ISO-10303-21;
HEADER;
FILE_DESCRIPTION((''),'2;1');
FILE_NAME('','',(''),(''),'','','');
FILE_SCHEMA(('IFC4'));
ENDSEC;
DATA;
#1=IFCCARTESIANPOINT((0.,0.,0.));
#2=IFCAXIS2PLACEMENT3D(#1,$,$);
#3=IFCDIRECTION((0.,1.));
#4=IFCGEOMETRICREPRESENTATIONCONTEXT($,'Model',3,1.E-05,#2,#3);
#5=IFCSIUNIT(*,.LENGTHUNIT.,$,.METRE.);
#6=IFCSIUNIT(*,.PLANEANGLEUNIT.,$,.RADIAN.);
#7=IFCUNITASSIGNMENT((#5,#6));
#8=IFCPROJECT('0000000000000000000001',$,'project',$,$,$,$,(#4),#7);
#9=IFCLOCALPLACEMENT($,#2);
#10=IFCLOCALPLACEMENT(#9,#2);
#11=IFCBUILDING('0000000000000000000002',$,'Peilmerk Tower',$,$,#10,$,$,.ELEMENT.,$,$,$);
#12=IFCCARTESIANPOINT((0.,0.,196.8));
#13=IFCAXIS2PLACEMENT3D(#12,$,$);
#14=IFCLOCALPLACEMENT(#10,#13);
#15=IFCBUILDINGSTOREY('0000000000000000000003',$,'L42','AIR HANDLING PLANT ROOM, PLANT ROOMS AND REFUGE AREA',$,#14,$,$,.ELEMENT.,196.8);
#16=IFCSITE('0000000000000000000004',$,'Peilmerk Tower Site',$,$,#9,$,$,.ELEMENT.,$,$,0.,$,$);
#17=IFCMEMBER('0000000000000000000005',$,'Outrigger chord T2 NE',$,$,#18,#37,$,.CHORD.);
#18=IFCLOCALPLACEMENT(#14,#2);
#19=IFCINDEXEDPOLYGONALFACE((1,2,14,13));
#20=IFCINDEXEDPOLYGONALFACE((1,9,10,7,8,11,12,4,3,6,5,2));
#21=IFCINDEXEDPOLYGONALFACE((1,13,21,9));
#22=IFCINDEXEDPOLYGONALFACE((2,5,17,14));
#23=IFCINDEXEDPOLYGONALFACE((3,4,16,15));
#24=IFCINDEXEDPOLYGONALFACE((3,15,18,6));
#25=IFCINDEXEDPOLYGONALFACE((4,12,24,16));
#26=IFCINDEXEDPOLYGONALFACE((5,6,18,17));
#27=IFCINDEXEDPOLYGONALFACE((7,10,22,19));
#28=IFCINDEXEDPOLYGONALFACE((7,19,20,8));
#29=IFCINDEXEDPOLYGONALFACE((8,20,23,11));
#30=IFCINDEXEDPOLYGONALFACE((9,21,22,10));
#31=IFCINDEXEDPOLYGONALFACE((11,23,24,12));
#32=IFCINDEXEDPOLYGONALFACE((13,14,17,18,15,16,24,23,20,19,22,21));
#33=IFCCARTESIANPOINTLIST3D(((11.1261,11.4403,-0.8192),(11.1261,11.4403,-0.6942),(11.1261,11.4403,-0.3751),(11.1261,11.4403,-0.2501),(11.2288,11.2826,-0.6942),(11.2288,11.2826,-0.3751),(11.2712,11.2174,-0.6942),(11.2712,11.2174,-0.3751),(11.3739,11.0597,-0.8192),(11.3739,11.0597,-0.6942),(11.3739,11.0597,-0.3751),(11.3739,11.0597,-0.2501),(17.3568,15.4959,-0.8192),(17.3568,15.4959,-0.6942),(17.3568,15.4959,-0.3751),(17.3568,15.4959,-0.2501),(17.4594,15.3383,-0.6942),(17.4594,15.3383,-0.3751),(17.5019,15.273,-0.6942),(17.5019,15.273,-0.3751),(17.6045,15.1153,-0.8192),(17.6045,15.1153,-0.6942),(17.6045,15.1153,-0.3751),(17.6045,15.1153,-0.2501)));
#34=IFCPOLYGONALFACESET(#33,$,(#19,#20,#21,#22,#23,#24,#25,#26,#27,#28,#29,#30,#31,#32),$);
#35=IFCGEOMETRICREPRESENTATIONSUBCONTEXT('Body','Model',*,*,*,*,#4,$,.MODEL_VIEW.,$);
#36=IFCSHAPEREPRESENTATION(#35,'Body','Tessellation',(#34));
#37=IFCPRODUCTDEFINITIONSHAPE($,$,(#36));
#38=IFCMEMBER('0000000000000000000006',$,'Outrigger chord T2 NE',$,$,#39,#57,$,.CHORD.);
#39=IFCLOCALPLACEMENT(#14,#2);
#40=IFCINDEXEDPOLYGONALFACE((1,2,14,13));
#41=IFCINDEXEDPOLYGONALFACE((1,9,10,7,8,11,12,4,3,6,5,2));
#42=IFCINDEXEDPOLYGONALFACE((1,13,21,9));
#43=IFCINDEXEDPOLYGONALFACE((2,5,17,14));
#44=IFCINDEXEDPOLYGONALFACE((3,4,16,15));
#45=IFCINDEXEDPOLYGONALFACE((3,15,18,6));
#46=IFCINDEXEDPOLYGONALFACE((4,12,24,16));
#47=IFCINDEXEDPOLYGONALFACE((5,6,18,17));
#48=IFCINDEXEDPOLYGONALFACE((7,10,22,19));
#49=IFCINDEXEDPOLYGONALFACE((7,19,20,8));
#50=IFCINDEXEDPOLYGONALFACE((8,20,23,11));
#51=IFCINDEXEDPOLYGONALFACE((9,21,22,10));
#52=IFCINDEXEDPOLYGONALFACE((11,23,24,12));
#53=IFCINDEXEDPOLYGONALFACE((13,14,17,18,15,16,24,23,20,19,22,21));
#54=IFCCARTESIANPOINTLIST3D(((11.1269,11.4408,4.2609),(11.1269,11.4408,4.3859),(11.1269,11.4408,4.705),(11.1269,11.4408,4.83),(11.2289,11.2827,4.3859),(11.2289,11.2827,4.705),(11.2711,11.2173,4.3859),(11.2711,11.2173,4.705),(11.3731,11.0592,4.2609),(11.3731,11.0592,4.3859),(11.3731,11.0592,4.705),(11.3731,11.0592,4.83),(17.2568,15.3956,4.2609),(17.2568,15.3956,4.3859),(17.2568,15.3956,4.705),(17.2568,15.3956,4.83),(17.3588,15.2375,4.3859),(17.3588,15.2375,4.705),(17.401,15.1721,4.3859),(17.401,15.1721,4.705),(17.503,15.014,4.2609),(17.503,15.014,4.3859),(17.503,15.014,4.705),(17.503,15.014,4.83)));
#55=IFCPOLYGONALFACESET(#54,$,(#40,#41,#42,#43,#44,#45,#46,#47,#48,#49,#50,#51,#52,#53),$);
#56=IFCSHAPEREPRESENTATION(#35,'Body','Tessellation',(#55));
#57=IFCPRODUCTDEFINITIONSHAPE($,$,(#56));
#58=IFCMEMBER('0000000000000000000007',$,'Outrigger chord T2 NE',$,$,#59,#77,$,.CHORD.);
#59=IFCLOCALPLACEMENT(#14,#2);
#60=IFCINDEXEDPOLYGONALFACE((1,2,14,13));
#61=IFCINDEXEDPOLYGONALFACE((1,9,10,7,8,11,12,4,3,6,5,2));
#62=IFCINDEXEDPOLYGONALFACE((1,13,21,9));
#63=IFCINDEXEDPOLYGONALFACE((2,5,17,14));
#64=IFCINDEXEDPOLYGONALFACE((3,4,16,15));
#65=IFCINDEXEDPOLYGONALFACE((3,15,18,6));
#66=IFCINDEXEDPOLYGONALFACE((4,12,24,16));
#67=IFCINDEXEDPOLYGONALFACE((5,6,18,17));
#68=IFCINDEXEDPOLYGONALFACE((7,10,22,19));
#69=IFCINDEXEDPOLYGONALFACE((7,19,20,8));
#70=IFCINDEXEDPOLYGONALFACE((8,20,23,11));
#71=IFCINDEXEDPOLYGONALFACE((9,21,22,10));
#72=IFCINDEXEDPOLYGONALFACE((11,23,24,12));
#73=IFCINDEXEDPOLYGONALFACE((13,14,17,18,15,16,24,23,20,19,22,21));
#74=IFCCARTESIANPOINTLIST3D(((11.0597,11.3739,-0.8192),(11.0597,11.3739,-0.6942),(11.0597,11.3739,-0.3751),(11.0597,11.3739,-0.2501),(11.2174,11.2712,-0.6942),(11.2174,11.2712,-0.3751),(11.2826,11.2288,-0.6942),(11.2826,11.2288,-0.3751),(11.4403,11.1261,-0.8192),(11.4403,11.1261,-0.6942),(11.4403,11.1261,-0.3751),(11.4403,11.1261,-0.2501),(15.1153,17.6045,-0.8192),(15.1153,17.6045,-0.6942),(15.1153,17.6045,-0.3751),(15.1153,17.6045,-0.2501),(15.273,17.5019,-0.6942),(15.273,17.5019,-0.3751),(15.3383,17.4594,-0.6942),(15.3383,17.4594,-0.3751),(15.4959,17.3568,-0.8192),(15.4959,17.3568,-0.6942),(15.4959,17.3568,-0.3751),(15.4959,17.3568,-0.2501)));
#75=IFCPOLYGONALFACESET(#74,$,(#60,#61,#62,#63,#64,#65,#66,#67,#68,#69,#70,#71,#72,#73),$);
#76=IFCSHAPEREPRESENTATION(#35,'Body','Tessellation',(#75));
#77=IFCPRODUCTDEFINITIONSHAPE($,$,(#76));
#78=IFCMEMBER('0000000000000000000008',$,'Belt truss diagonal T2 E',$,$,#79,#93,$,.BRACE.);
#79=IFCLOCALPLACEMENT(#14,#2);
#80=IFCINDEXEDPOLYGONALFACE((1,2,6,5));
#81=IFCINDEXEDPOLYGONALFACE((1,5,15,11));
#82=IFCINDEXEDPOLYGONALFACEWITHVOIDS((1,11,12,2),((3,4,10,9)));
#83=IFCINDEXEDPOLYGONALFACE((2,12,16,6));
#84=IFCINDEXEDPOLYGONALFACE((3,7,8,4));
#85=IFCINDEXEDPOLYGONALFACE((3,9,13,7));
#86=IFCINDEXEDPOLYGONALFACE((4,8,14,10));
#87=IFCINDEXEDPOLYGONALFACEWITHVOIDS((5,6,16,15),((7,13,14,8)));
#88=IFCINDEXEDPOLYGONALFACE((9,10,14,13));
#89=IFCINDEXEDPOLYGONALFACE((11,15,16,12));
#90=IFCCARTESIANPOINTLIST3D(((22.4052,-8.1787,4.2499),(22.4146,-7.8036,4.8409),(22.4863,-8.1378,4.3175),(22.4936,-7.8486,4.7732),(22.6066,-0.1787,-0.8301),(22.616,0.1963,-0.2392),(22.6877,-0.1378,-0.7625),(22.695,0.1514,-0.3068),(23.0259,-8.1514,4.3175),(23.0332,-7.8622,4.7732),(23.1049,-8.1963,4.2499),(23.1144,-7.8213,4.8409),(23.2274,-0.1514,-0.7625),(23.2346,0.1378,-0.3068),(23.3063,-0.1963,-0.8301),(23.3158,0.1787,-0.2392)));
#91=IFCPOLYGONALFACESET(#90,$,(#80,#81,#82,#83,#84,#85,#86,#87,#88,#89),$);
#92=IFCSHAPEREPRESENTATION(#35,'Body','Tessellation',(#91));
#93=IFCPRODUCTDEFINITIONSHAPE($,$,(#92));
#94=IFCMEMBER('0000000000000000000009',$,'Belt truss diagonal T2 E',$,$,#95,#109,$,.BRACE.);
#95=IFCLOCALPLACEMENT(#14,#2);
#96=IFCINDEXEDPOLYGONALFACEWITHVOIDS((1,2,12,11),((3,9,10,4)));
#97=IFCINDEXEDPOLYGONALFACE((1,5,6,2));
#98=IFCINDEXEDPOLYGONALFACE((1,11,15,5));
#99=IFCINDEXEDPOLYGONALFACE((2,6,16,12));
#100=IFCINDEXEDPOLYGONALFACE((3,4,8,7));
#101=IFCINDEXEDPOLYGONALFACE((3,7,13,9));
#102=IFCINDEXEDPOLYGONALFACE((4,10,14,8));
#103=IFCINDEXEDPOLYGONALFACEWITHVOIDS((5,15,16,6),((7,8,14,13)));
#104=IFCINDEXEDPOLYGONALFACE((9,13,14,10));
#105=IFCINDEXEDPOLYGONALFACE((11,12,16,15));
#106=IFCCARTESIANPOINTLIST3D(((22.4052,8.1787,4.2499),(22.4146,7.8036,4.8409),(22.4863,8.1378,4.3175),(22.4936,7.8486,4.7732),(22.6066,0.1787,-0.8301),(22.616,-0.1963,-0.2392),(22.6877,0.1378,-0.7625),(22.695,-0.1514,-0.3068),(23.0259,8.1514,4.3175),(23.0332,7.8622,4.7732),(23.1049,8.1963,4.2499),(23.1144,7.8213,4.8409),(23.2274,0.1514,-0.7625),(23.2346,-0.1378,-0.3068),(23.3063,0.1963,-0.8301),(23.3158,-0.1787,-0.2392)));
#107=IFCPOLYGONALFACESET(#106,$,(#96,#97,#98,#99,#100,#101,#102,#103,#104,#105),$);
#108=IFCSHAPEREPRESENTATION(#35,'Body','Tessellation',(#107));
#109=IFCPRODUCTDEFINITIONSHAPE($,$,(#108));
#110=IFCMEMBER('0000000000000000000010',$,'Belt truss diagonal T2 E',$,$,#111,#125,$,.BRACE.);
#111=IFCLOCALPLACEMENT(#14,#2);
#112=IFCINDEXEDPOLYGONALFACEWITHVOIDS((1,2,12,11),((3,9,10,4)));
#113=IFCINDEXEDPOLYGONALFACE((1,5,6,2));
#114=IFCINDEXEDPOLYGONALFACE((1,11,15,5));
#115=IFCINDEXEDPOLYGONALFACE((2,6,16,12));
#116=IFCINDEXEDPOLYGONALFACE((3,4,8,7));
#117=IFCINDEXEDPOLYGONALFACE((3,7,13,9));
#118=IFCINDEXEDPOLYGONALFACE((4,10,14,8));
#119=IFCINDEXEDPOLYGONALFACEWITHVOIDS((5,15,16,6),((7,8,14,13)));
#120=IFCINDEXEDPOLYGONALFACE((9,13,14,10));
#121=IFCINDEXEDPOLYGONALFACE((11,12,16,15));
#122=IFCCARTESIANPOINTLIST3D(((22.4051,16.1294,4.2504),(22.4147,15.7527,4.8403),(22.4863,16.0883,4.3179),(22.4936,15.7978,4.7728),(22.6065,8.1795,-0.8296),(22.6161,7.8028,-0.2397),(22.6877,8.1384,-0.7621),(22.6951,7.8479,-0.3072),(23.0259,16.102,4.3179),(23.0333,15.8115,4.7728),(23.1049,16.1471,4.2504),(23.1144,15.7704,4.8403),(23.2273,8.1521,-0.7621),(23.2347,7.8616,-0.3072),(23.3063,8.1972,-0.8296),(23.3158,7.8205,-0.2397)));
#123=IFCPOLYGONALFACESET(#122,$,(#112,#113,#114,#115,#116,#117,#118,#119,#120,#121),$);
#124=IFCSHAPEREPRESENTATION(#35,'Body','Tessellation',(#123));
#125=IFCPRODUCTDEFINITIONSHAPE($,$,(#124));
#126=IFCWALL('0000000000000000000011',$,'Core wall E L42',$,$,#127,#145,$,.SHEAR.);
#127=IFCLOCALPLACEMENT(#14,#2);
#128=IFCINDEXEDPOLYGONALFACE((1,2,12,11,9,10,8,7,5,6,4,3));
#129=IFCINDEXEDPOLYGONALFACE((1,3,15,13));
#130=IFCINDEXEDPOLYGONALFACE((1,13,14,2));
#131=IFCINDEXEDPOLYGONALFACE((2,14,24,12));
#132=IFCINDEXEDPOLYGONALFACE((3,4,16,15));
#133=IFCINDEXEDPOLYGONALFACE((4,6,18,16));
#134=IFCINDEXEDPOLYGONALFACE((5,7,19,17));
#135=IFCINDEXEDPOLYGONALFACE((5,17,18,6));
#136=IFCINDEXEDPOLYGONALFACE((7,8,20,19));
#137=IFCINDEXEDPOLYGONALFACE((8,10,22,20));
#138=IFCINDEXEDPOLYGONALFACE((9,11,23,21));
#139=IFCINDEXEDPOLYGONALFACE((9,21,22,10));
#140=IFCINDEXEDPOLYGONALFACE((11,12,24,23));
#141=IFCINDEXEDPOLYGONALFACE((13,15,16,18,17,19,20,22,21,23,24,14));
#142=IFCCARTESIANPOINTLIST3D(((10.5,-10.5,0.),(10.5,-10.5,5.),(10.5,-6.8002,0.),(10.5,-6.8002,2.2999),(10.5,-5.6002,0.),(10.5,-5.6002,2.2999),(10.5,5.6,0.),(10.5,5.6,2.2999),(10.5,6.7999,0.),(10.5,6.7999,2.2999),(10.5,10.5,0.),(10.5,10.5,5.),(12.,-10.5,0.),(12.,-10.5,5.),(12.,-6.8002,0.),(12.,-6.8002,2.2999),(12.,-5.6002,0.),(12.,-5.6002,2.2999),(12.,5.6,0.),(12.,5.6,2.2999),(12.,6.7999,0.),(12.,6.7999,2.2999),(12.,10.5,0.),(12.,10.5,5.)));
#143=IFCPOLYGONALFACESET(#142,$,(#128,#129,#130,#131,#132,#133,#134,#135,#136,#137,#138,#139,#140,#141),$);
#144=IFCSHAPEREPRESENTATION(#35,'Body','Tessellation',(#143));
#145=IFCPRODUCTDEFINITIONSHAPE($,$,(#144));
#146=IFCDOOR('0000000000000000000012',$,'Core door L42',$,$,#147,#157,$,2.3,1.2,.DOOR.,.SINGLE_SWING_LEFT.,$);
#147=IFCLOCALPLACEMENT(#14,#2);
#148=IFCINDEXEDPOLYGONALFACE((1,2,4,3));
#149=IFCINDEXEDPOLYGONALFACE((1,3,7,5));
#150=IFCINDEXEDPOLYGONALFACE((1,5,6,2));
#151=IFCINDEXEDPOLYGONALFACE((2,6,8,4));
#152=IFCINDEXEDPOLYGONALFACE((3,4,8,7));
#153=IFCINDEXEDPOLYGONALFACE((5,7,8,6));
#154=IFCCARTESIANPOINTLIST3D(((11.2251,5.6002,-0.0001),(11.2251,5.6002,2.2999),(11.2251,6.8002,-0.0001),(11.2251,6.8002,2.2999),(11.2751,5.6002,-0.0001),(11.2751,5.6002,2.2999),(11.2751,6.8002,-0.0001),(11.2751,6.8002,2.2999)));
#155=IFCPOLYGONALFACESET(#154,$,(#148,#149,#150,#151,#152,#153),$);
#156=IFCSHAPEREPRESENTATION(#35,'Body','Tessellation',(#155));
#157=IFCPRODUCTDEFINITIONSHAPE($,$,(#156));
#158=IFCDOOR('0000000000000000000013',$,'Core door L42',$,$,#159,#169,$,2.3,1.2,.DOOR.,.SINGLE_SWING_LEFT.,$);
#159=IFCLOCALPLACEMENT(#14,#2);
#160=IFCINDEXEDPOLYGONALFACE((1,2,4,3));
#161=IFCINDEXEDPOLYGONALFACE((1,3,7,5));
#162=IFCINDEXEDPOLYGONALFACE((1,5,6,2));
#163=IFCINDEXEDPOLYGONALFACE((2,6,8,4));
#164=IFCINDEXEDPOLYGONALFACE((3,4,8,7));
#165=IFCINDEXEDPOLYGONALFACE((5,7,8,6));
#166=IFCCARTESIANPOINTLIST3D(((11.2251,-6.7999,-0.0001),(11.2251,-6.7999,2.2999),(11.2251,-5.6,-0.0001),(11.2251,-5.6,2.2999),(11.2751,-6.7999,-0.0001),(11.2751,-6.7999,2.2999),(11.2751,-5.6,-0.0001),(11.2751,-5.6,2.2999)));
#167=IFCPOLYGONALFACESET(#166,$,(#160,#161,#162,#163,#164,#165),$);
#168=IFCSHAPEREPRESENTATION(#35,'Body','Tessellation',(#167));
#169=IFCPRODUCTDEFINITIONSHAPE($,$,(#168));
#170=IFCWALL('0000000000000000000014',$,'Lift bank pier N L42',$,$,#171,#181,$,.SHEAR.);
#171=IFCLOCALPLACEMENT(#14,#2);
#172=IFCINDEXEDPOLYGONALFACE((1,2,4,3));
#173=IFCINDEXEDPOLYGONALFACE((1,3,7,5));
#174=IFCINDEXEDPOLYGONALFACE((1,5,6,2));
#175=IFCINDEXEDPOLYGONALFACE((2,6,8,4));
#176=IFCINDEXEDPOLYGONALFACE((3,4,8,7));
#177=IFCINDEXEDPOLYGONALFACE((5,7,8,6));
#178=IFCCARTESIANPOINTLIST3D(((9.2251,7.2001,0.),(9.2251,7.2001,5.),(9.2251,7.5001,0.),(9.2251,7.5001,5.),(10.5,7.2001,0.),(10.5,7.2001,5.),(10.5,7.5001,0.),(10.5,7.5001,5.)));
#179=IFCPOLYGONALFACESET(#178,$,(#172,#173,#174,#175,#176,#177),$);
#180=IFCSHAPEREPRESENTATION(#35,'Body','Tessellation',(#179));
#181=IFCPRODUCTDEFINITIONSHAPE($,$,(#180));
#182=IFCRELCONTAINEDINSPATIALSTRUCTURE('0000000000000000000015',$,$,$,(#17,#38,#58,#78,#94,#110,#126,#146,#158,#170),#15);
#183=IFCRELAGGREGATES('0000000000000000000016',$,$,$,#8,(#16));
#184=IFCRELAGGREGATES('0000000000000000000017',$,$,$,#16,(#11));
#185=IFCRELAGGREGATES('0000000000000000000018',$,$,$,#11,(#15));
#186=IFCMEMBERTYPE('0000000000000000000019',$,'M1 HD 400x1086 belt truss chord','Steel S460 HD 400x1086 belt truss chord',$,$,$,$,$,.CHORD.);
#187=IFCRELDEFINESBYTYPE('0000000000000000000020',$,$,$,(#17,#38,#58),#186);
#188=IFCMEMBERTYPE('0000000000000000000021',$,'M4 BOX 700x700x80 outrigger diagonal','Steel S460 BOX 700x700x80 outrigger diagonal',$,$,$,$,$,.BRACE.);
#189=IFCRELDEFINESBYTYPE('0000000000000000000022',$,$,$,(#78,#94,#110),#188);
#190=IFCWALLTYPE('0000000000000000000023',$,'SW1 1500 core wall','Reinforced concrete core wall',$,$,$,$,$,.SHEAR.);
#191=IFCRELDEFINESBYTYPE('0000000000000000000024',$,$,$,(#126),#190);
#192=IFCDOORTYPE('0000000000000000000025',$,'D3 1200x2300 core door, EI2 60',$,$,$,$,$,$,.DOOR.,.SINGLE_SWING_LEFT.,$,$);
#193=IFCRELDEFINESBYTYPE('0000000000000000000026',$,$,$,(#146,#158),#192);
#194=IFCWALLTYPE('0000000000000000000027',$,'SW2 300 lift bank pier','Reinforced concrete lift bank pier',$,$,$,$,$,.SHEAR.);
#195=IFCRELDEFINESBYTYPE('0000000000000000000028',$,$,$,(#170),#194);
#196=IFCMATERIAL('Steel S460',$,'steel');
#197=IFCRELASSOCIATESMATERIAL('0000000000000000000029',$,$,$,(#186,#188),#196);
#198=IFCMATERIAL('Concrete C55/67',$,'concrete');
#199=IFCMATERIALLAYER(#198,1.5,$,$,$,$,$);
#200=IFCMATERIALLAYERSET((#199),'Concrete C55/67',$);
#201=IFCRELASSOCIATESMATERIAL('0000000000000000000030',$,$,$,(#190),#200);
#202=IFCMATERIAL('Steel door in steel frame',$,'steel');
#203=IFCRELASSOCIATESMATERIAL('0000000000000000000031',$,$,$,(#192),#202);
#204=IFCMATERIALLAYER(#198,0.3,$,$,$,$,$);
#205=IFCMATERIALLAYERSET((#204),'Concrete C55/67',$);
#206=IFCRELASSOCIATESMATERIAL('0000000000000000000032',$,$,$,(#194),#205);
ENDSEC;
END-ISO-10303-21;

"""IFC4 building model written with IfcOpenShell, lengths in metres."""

from ifc_helpers import new_model, si_unit, direction, frame, frame_2d, origin, origin_2d, place, context, subcontext, project, spatial, rectangle, hollow_rectangle, i_section, extrude, material, layer, layer_set, material_profile, profile_set, type_object, element, fill, save


model = new_model("IFC4")

# Units and contexts
model_context = context("Model", 3, precision=1e-05, world=origin(), true_north=direction((0.0, 1.0)))
body_context = subcontext(model_context, "Body", "Model", "MODEL_VIEW")
ifc_project = project(units=[si_unit("LENGTHUNIT", "METRE"), si_unit("PLANEANGLEUNIT", "RADIAN")], contexts=[model_context])

# Site, building, storey
site_placement = place(None, origin())
site = spatial("IfcSite", under=ifc_project, at=site_placement, Name="Peilmerk Tower Site", CompositionType="ELEMENT", RefElevation=0.0)
building_placement = place(site_placement, origin())
building = spatial("IfcBuilding", under=site, at=building_placement, Name="Peilmerk Tower", CompositionType="ELEMENT")
storey_placement = place(building_placement, frame((0.0, 0.0, 196.8)))
storey = spatial("IfcBuildingStorey", under=building, at=storey_placement, Name="L42", Description="AIR HANDLING PLANT ROOM, PLANT ROOMS AND REFUGE AREA", CompositionType="ELEMENT", Elevation=196.8)

# Shared definitions
ifc_material_1 = material(Name="Steel S460", Category="steel")

# Members
ifc_material_profile_1 = material_profile(ifc_material_1, i_section(OverallWidth=0.4541, OverallDepth=0.5691, WebThickness=0.0779, FlangeThickness=0.125, at=origin_2d()), Name="HD 400x1086")
ifc_profile_set_1 = profile_set([ifc_material_profile_1], Name="Steel S460")
member_type_1 = type_object("IfcMemberType", Name="M1 HD 400x1086 belt truss chord", Description="Steel S460 HD 400x1086 belt truss chord", PredefinedType="CHORD", material=ifc_profile_set_1)
member_1_placement = place(storey_placement, frame((11.25, 11.25, -0.5347), z_axis=(0.838093, 0.545527, 0.0), x_axis=(-0.545527, 0.838093, 0.0)))
element("IfcMember", 1, at=member_1_placement, inside=storey, type_object=member_type_1, Name="Outrigger chord T2 NE", PredefinedType="CHORD", context=body_context, shape_type="SweptSolid", body=[
    extrude(i_section(OverallWidth=0.4541, OverallDepth=0.5691, WebThickness=0.0779, FlangeThickness=0.125, at=origin_2d()), origin(), (0.0, 0.0, 1.0), 7.4343),
])
member_2_placement = place(storey_placement, frame((11.25, 11.25, 4.5454), z_axis=(0.840292, 0.542134, 0.0), x_axis=(-0.542134, 0.840292, 0.0)))
element("IfcMember", 2, at=member_2_placement, inside=storey, type_object=member_type_1, Name="Outrigger chord T2 NE", PredefinedType="CHORD", context=body_context, shape_type="SweptSolid", body=[
    extrude(i_section(OverallWidth=0.4541, OverallDepth=0.5691, WebThickness=0.0779, FlangeThickness=0.125, at=origin_2d()), origin(), (0.0, 0.0, 1.0), 7.2949),
])
member_3_placement = place(storey_placement, frame((11.25, 11.25, -0.5347), z_axis=(0.545527, 0.838093, 0.0), x_axis=(-0.838093, 0.545527, 0.0)))
element("IfcMember", 3, at=member_3_placement, inside=storey, type_object=member_type_1, Name="Outrigger chord T2 NE", PredefinedType="CHORD", context=body_context, shape_type="SweptSolid", body=[
    extrude(i_section(OverallWidth=0.4541, OverallDepth=0.5691, WebThickness=0.0779, FlangeThickness=0.125, at=origin_2d()), origin(), (0.0, 0.0, 1.0), 7.4343),
])
ifc_material_profile_2 = material_profile(ifc_material_1, hollow_rectangle(XDim=0.7, YDim=0.7, WallThickness=0.0801, at=origin_2d()), Name="BOX 700x700x80")
ifc_profile_set_2 = profile_set([ifc_material_profile_2], Name="Steel S460")
member_type_2 = type_object("IfcMemberType", Name="M4 BOX 700x700x80 outrigger diagonal", Description="Steel S460 BOX 700x700x80 outrigger diagonal", PredefinedType="BRACE", material=ifc_profile_set_2)
for number, where, z_axis, x_axis, name in (
    (4, (22.9612, 0.0, -0.5347), (-0.021249, -0.843988, 0.535941), (0.999683, -0.025169, 0.0), "Belt truss diagonal T2 E"),
    (5, (22.9612, 0.0, -0.5347), (-0.021249, 0.843988, 0.535941), (-0.999683, -0.025169, 0.0), "Belt truss diagonal T2 E"),
):
    element("IfcMember", number, at=place(storey_placement, frame(where, z_axis=z_axis, x_axis=x_axis)), inside=storey, type_object=member_type_2, Name=name, PredefinedType="BRACE", context=body_context, shape_type="SweptSolid", body=[
        extrude(hollow_rectangle(XDim=0.7, YDim=0.7, WallThickness=0.0801, at=origin_2d()), origin(), (0.0, 0.0, 1.0), 9.4788),
    ])
member_4_placement = place(storey_placement, frame((22.9612, 8.0, -0.5347), z_axis=(-0.021344, 0.842459, 0.538338), x_axis=(-0.999679, -0.025327, 0.0)))
element("IfcMember", 6, at=member_4_placement, inside=storey, type_object=member_type_2, Name="Belt truss diagonal T2 E", PredefinedType="BRACE", context=body_context, shape_type="SweptSolid", body=[
    extrude(hollow_rectangle(XDim=0.7, YDim=0.7, WallThickness=0.0801, at=origin_2d()), origin(), (0.0, 0.0, 1.0), 9.4365),
])

# Wall, openings, doors
ifc_material_2 = material(Name="Concrete C55/67", Category="concrete")
ifc_layer_1 = layer(ifc_material_2, 1.5)
ifc_layer_set_1 = layer_set([ifc_layer_1], Name="Concrete C55/67")
wall_type_1 = type_object("IfcWallType", Name="SW1 1500 core wall", Description="Reinforced concrete core wall", PredefinedType="SHEAR", material=ifc_layer_set_1)
wall_1_placement = place(storey_placement, frame((11.25, 10.5, 0.0), z_axis=(0.0, 0.0, 1.0), x_axis=(0.0, -1.0, 0.0)))
wall_1 = element("IfcWall", 7, at=wall_1_placement, inside=storey, type_object=wall_type_1, Name="Core wall E L42", PredefinedType="SHEAR", context=body_context, shape_type="SweptSolid", body=[
    extrude(rectangle(XDim=21.0, YDim=1.5, at=frame_2d((10.5, 0.0))), origin(), (0.0, 0.0, 1.0), 5.0),
])
opening_1_placement = place(wall_1_placement, frame((3.7, 0.0, 0.0)))
opening_1 = element("IfcOpeningElement", 8, at=opening_1_placement, cuts=wall_1, PredefinedType="OPENING", context=body_context, shape_type="SweptSolid", body=[
    extrude(rectangle(XDim=1.2, YDim=2.3, at=frame_2d((0.6001, 1.1499))), frame((0.0, 0.76, 0.0), z_axis=(0.0, -1.0, 0.0), x_axis=(1.0, 0.0, 0.0)), (0.0, 0.0, 1.0), 1.52),
])
opening_2_placement = place(wall_1_placement, frame((16.1001, 0.0, 0.0)))
opening_2 = element("IfcOpeningElement", 9, at=opening_2_placement, cuts=wall_1, PredefinedType="OPENING", context=body_context, shape_type="SweptSolid", body=[
    extrude(rectangle(XDim=1.2, YDim=2.3, at=frame_2d((0.6001, 1.1499))), frame((0.0, 0.76, 0.0), z_axis=(0.0, -1.0, 0.0), x_axis=(1.0, 0.0, 0.0)), (0.0, 0.0, 1.0), 1.52),
])
ifc_material_3 = material(Name="Steel door in steel frame", Category="steel")
door_type = type_object("IfcDoorType", Name="D3 1200x2300 core door, EI2 60", OperationType="SINGLE_SWING_LEFT", PredefinedType="DOOR", material=ifc_material_3)
door_1_placement = place(opening_1_placement, frame((1.2, 0.0, 0.0), z_axis=(0.0, 0.0, 1.0), x_axis=(-1.0, 0.0, 0.0)))
door_1 = element("IfcDoor", 10, at=door_1_placement, inside=storey, type_object=door_type, Name="Core door L42", OperationType="SINGLE_SWING_LEFT", OverallHeight=2.3, OverallWidth=1.2, PredefinedType="DOOR", context=body_context, shape_type="SweptSolid", body=[
    extrude(rectangle(XDim=1.2, YDim=2.3, at=frame_2d((0.6001, 1.1499))), frame((0.0, 0.0249, 0.0), z_axis=(0.0, -1.0, 0.0), x_axis=(1.0, 0.0, 0.0)), (0.0, 0.0, 1.0), 0.05),
])
fill(opening_1, door_1)
door_2_placement = place(opening_2_placement, frame((1.2, 0.0, 0.0), z_axis=(0.0, 0.0, 1.0), x_axis=(-1.0, 0.0, 0.0)))
door_2 = element("IfcDoor", 11, at=door_2_placement, inside=storey, type_object=door_type, Name="Core door L42", OperationType="SINGLE_SWING_LEFT", OverallHeight=2.3, OverallWidth=1.2, PredefinedType="DOOR", context=body_context, shape_type="SweptSolid", body=[
    extrude(rectangle(XDim=1.2, YDim=2.3, at=frame_2d((0.6001, 1.1499))), frame((0.0, 0.0249, 0.0), z_axis=(0.0, -1.0, 0.0), x_axis=(1.0, 0.0, 0.0)), (0.0, 0.0, 1.0), 0.05),
])
fill(opening_2, door_2)

# Wall
ifc_layer_2 = layer(ifc_material_2, 0.3)
ifc_layer_set_2 = layer_set([ifc_layer_2], Name="Concrete C55/67")
wall_type_2 = type_object("IfcWallType", Name="SW2 300 lift bank pier", Description="Reinforced concrete lift bank pier", PredefinedType="SHEAR", material=ifc_layer_set_2)
wall_2_placement = place(storey_placement, frame((9.2251, 7.3501, 0.0), z_axis=(0.0, 0.0, 1.0), x_axis=(1.0, 0.0, 0.0)))
element("IfcWall", 12, at=wall_2_placement, inside=storey, type_object=wall_type_2, Name="Lift bank pier N L42", PredefinedType="SHEAR", context=body_context, shape_type="SweptSolid", body=[
    extrude(rectangle(XDim=1.2749, YDim=0.3, at=frame_2d((0.6375, 0.0))), origin(), (0.0, 0.0, 1.0), 5.0),
])

save(model, "model.ifc")
